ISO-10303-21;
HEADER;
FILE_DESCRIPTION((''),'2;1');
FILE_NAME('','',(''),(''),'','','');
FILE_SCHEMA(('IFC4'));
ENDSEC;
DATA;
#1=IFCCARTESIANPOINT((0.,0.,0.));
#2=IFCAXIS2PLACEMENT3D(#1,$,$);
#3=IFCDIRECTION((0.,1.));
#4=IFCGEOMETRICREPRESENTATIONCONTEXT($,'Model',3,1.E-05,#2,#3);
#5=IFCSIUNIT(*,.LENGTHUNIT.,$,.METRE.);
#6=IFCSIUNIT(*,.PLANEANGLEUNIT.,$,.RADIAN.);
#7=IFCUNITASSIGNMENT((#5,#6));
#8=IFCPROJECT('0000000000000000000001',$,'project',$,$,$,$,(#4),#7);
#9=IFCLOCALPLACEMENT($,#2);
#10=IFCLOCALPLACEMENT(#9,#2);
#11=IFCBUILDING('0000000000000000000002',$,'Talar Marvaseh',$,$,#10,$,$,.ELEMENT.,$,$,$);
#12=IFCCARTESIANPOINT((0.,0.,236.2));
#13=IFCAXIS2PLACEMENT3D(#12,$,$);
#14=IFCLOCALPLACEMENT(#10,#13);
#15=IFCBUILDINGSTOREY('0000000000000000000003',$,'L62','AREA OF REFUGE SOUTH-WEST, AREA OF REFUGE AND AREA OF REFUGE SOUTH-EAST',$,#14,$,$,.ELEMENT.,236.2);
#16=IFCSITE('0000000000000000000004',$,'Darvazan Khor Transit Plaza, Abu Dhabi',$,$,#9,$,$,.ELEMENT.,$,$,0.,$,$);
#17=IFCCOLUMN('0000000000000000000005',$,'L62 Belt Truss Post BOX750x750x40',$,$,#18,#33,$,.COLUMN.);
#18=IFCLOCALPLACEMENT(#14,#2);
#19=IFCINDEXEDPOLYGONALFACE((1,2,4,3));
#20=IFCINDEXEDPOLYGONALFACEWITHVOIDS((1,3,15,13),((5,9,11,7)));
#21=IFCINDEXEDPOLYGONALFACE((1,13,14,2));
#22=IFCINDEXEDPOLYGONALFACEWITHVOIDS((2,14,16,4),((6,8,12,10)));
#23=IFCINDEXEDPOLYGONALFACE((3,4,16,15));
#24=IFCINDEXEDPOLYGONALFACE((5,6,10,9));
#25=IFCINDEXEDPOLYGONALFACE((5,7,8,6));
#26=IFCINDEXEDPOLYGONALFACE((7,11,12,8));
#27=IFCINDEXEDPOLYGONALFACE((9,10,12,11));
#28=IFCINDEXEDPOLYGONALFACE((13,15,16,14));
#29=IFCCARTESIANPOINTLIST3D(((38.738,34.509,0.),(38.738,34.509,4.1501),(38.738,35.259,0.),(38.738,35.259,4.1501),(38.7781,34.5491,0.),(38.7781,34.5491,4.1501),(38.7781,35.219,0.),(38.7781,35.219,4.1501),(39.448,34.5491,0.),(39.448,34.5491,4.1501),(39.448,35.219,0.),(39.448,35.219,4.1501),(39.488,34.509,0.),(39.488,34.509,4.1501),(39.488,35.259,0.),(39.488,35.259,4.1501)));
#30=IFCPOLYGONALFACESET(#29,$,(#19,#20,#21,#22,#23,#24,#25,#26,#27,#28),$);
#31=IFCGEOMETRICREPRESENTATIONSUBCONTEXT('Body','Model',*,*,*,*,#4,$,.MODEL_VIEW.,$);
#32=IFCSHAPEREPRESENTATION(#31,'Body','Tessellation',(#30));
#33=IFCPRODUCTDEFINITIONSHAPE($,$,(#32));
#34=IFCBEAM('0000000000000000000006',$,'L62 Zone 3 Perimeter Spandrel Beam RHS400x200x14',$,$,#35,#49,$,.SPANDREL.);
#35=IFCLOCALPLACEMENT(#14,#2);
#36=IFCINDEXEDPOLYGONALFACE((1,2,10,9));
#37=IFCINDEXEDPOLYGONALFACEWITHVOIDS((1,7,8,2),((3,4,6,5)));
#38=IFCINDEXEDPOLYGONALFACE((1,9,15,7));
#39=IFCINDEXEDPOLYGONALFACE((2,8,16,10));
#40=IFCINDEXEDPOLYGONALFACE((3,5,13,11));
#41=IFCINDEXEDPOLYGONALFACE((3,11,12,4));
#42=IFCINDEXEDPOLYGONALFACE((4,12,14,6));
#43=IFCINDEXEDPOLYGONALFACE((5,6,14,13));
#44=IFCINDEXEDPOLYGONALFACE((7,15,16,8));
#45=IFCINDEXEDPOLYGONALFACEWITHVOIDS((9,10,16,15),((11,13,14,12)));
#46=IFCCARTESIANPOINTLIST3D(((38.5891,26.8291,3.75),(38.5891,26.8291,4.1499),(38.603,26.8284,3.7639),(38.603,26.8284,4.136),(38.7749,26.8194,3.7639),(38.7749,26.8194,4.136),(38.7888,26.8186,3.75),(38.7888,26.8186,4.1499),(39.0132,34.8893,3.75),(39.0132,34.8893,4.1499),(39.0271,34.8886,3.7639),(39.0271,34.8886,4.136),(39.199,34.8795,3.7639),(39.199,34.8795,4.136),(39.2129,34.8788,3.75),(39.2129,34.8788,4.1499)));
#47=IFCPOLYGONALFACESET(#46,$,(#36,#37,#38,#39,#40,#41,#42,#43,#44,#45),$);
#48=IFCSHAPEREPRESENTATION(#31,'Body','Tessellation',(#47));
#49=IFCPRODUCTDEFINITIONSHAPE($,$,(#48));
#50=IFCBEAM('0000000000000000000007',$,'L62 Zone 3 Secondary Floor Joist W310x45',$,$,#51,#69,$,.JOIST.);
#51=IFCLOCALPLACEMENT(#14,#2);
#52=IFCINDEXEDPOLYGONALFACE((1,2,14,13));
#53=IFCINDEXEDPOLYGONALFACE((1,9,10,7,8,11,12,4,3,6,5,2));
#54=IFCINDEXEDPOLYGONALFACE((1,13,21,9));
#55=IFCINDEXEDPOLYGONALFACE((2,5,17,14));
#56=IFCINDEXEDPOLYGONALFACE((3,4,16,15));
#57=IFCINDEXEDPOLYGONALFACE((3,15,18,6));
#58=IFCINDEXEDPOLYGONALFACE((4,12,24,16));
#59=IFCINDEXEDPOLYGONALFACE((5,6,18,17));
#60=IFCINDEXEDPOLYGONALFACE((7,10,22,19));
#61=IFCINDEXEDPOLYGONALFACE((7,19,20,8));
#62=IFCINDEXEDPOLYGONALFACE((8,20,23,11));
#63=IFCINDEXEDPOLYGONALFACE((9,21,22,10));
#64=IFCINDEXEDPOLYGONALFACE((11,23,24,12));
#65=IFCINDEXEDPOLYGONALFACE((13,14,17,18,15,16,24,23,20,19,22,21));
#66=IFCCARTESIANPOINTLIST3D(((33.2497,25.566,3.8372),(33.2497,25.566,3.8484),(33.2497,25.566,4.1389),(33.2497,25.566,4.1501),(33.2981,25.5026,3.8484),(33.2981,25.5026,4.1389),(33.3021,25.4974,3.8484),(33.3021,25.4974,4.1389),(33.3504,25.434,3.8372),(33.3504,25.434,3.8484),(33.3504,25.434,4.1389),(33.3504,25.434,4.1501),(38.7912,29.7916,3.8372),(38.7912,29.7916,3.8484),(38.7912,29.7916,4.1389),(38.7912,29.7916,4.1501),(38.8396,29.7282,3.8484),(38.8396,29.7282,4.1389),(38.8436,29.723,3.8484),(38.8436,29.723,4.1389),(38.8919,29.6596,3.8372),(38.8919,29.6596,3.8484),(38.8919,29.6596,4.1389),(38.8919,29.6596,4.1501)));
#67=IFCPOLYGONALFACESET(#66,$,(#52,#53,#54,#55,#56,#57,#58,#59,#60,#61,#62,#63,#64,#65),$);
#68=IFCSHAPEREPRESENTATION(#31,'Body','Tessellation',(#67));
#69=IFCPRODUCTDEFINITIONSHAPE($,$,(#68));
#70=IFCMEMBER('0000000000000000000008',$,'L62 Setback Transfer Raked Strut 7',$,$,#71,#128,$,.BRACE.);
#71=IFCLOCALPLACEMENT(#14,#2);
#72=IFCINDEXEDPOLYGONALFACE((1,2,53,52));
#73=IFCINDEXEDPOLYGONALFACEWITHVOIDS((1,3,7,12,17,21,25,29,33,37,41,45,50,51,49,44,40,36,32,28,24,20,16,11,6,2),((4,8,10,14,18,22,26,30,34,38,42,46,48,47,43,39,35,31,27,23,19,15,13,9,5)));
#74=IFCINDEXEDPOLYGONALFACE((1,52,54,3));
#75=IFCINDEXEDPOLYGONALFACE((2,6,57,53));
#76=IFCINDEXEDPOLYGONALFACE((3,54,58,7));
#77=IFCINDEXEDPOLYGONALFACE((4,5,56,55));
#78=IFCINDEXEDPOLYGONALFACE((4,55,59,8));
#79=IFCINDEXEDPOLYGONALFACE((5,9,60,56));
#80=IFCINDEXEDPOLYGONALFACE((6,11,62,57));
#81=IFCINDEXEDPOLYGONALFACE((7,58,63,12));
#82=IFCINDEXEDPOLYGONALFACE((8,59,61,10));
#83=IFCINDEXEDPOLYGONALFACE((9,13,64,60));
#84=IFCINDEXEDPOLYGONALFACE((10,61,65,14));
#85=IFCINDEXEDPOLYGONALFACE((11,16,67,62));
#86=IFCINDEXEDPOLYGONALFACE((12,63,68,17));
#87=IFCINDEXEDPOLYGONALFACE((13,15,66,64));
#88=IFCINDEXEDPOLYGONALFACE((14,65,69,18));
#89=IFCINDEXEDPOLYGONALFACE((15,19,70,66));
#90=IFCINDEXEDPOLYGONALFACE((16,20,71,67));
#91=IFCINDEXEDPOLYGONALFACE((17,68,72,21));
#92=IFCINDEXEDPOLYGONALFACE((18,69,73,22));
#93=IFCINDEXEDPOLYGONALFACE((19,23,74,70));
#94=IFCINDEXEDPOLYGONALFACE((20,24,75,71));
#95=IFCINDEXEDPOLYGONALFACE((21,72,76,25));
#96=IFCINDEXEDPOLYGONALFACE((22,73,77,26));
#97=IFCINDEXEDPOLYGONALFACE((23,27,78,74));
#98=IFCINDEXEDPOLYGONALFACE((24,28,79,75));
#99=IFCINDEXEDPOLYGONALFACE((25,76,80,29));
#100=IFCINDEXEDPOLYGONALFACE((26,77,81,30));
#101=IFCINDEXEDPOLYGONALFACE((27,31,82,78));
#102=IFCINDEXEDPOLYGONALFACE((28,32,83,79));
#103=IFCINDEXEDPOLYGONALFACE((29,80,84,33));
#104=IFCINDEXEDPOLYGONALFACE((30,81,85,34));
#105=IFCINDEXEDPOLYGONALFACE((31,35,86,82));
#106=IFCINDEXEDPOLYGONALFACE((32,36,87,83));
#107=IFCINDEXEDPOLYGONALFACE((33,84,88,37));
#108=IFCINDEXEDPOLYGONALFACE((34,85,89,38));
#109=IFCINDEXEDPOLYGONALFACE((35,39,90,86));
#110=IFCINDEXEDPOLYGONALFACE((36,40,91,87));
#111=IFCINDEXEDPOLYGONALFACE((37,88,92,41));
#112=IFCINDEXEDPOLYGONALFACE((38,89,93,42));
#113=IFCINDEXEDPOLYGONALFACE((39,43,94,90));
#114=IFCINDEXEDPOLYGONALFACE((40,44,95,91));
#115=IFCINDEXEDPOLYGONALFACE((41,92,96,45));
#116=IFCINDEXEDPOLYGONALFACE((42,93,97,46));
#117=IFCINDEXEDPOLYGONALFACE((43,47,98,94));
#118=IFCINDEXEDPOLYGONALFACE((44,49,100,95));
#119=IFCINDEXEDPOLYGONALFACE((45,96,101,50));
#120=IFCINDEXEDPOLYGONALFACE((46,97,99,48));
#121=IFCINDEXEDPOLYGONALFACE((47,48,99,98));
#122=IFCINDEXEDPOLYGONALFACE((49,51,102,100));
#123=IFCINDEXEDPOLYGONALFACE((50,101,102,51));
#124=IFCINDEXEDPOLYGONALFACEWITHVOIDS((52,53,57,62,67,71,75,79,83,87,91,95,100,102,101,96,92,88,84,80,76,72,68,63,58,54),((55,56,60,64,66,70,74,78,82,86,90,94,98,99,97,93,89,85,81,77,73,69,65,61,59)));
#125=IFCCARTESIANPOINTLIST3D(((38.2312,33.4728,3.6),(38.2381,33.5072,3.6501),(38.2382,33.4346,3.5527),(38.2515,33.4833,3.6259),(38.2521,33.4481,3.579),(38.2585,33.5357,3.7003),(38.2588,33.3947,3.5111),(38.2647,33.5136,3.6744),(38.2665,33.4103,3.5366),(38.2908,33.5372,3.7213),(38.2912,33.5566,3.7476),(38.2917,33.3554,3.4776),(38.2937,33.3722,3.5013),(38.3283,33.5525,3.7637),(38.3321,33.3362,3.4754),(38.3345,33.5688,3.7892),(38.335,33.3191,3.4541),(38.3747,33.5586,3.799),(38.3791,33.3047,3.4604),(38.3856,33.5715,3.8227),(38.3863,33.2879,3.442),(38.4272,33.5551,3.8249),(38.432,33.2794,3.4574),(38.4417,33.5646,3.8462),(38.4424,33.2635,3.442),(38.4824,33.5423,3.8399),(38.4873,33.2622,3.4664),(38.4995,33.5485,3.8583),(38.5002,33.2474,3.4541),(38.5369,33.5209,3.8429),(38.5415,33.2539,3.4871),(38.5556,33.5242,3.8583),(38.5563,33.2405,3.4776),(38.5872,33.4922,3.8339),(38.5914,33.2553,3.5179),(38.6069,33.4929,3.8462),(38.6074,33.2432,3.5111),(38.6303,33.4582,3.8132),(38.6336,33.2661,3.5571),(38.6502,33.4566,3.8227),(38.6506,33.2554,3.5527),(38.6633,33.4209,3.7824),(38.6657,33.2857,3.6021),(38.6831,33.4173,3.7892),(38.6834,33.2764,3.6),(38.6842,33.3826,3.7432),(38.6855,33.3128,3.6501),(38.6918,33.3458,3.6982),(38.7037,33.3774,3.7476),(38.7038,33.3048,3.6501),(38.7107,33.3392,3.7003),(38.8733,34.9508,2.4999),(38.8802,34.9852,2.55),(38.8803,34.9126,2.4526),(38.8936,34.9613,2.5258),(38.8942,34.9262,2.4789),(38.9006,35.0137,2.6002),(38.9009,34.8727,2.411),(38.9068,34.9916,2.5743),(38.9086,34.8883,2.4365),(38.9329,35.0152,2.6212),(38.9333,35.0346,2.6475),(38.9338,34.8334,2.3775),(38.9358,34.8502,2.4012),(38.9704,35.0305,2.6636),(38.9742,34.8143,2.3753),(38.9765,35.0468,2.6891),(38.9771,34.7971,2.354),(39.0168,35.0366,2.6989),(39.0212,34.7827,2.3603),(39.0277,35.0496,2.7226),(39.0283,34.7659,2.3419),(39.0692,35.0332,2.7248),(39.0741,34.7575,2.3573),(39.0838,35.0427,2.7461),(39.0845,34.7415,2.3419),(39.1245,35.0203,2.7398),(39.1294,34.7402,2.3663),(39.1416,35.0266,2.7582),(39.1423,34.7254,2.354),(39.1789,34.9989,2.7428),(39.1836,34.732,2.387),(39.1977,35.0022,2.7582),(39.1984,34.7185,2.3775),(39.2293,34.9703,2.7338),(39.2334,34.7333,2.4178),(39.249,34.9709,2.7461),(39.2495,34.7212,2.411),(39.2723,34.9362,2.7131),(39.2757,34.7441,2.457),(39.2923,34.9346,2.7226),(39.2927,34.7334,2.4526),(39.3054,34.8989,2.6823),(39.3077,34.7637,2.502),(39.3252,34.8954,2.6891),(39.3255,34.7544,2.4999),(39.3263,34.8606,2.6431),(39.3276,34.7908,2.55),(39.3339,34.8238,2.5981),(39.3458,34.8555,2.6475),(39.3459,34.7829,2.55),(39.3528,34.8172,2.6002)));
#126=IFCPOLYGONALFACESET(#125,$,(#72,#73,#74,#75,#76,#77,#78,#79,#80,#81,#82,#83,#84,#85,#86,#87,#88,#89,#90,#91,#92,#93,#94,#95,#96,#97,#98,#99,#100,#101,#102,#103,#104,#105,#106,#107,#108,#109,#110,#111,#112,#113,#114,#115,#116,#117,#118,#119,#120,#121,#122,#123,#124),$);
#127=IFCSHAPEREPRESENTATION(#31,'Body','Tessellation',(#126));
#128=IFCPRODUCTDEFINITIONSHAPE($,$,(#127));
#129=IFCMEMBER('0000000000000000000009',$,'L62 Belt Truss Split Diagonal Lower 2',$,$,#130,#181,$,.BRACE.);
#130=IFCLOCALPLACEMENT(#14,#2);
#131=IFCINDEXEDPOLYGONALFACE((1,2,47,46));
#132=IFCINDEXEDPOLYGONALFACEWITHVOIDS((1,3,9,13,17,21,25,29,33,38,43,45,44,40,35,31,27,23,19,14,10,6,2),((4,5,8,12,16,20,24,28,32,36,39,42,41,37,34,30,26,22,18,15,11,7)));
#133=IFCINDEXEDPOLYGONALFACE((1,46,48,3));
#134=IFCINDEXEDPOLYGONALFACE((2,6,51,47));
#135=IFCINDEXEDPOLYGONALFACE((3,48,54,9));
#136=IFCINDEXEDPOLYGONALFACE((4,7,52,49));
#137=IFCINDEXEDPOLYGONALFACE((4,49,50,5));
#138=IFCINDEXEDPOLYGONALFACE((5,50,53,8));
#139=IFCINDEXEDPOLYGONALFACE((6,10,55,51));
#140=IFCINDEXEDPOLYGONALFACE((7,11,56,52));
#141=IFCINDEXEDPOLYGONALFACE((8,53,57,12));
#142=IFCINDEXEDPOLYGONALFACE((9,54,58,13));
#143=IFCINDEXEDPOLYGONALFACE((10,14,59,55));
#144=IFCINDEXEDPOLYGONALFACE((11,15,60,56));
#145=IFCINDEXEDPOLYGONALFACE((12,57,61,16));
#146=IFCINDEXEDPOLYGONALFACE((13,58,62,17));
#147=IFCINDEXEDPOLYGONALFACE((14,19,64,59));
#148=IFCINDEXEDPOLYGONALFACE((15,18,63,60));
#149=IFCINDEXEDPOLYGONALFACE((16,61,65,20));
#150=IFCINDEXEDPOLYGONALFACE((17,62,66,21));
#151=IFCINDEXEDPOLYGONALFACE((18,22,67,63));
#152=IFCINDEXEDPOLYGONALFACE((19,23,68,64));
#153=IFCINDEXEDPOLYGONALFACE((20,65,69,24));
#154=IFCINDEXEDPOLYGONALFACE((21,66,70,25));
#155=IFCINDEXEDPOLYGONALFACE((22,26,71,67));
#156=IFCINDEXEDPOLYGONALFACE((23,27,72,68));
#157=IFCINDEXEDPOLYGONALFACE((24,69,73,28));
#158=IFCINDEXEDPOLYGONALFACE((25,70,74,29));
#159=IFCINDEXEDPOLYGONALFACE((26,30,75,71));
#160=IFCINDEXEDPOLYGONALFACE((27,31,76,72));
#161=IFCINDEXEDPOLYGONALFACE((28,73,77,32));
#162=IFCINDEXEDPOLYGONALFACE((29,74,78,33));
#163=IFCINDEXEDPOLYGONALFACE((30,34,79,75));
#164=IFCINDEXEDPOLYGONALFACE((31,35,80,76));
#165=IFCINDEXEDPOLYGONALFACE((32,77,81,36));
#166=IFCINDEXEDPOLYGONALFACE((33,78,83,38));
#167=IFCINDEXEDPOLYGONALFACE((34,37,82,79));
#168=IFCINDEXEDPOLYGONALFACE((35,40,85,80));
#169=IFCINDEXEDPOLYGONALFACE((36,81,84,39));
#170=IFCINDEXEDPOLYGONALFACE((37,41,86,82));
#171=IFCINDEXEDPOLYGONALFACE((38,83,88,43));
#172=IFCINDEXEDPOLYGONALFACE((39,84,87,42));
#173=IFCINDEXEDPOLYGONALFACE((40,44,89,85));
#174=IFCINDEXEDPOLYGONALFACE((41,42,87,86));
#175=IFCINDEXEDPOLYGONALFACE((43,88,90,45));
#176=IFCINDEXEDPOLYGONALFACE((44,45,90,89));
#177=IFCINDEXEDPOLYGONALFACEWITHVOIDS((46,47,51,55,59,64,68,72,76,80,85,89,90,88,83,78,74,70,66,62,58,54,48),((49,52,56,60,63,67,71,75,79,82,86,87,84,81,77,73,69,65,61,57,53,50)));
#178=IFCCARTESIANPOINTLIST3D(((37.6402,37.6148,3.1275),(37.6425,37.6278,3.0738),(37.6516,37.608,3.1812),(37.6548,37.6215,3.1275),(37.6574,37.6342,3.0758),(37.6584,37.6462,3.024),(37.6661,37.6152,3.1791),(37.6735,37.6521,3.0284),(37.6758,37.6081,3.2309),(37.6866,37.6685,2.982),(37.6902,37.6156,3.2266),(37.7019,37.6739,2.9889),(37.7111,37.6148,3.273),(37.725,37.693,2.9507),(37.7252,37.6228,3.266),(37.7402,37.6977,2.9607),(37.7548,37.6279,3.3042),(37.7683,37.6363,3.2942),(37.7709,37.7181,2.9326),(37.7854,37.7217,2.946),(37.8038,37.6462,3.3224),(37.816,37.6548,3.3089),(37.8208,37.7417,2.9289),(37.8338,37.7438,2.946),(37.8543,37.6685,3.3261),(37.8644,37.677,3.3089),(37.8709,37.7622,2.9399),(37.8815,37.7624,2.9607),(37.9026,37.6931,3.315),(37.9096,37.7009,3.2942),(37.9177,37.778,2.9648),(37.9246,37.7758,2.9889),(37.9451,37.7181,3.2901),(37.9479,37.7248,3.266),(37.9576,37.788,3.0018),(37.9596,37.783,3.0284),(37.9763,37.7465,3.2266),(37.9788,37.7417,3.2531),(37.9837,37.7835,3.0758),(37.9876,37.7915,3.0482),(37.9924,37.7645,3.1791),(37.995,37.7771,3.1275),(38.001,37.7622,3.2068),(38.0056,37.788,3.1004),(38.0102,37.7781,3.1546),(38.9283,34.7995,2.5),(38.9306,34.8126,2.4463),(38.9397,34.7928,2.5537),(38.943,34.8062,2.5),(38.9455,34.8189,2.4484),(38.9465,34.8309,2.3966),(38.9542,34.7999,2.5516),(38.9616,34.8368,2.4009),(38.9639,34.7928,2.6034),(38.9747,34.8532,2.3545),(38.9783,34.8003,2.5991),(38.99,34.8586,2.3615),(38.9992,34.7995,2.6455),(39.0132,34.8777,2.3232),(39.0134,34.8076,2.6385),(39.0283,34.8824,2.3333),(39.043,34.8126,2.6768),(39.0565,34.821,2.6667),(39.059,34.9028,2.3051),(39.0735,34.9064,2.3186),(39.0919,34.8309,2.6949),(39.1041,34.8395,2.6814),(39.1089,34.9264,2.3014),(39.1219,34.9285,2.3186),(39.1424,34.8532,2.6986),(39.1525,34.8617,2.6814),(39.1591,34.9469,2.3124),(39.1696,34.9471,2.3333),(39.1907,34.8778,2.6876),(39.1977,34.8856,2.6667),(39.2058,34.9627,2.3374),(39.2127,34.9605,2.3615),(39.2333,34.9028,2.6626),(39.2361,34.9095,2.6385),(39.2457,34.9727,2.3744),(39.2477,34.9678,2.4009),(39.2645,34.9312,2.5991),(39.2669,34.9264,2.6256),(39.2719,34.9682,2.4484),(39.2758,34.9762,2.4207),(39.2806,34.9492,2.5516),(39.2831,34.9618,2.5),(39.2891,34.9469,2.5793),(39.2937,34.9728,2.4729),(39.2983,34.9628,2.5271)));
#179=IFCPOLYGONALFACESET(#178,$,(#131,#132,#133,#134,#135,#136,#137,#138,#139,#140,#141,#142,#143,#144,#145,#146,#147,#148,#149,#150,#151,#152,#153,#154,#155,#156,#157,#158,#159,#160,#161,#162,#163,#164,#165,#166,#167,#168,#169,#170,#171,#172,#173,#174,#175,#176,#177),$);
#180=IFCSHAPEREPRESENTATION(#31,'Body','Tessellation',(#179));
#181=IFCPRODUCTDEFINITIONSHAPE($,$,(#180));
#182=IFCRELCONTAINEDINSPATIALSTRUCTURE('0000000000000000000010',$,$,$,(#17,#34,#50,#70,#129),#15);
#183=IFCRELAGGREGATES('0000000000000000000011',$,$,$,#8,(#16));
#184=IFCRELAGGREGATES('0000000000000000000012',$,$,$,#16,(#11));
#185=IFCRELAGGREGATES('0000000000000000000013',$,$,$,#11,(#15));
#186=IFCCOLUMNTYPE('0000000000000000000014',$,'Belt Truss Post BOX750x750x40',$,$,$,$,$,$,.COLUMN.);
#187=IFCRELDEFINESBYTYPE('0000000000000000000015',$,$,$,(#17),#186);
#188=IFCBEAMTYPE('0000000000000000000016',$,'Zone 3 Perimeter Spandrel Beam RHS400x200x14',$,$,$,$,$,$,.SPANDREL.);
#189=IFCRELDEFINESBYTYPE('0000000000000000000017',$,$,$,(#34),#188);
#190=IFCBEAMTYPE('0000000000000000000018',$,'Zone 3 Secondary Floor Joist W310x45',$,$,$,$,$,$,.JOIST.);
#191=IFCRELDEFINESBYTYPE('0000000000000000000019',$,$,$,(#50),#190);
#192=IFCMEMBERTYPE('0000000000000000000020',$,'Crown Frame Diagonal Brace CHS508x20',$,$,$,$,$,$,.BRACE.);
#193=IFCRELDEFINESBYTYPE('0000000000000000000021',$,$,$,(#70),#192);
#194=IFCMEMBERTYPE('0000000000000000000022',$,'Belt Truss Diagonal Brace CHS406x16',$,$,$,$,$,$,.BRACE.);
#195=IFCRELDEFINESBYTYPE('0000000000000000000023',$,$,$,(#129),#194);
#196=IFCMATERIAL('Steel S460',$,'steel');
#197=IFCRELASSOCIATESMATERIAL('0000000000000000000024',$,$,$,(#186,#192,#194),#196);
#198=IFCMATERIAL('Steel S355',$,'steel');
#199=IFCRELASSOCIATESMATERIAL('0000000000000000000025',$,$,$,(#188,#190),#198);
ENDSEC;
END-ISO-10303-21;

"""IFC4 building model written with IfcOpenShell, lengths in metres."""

from ifc_helpers import new_model, si_unit, direction, frame, origin, origin_2d, place, context, subcontext, project, spatial, hollow_rectangle, hollow_circle, i_section, extrude, source, transform, mapped, material, material_profile, profile_set, type_object, type_shapes, element, save


model = new_model("IFC4")

# Units and contexts
model_context = context("Model", 3, precision=1e-05, world=origin(), true_north=direction((0.0, 1.0)))
body_context = subcontext(model_context, "Body", "Model", "MODEL_VIEW")
ifc_project = project(units=[si_unit("LENGTHUNIT", "METRE"), si_unit("PLANEANGLEUNIT", "RADIAN")], contexts=[model_context])

# Site, building, storey
site_placement = place(None, origin())
site = spatial("IfcSite", under=ifc_project, at=site_placement, Name="Darvazan Khor Transit Plaza, Abu Dhabi", CompositionType="ELEMENT", RefElevation=0.0)
building_placement = place(site_placement, origin())
building = spatial("IfcBuilding", under=site, at=building_placement, Name="Talar Marvaseh", CompositionType="ELEMENT")
storey_placement = place(building_placement, frame((0.0, 0.0, 236.2)))
storey = spatial("IfcBuildingStorey", under=building, at=storey_placement, Name="L62", Description="AREA OF REFUGE SOUTH-WEST, AREA OF REFUGE AND AREA OF REFUGE SOUTH-EAST", CompositionType="ELEMENT", Elevation=236.2)

# Column
ifc_material_1 = material(Name="Steel S460", Category="steel")
ifc_material_profile_1 = material_profile(ifc_material_1, hollow_rectangle(XDim=0.75, YDim=0.75, WallThickness=0.04, at=origin_2d()), Name="BOX750x750x40")
ifc_profile_set_1 = profile_set([ifc_material_profile_1], Name="Steel S460")
column_type = type_object("IfcColumnType", Name="Belt Truss Post BOX750x750x40", PredefinedType="COLUMN", material=ifc_profile_set_1)
column_placement = place(storey_placement, frame((39.113, 34.884, 0.0), z_axis=(0.0, 0.0, 1.0), x_axis=(1.0, 0.0, 0.0)))
element("IfcColumn", 1, at=column_placement, inside=storey, type_object=column_type, Name="L62 Belt Truss Post BOX750x750x40", PredefinedType="COLUMN", context=body_context, shape_type="SweptSolid", body=[
    extrude(hollow_rectangle(XDim=0.75, YDim=0.75, WallThickness=0.04, at=origin_2d()), origin(), (0.0, 0.0, 1.0), 4.1501),
])

# Beams
ifc_material_2 = material(Name="Steel S355", Category="steel")
ifc_material_profile_2 = material_profile(ifc_material_2, hollow_rectangle(XDim=0.2, YDim=0.3999, WallThickness=0.0139, at=origin_2d()), Name="RHS400x200x14")
ifc_profile_set_2 = profile_set([ifc_material_profile_2], Name="Steel S355")
beam_type_1 = type_object("IfcBeamType", Name="Zone 3 Perimeter Spandrel Beam RHS400x200x14", PredefinedType="SPANDREL", material=ifc_profile_set_2)
beam_1_placement = place(storey_placement, frame((39.113, 34.884, 3.95), z_axis=(-0.052541, -0.998619, 0.0), x_axis=(0.998619, -0.052541, 0.0)))
element("IfcBeam", 2, at=beam_1_placement, inside=storey, type_object=beam_type_1, Name="L62 Zone 3 Perimeter Spandrel Beam RHS400x200x14", PredefinedType="SPANDREL", context=body_context, shape_type="SweptSolid", body=[
    extrude(hollow_rectangle(XDim=0.2, YDim=0.3999, WallThickness=0.0139, at=origin_2d()), origin(), (0.0, 0.0, 1.0), 8.0713),
])
ifc_material_profile_3 = material_profile(ifc_material_2, i_section(OverallWidth=0.166, OverallDepth=0.313, WebThickness=0.0066, FlangeThickness=0.0112, at=origin_2d()), Name="W310x45")
ifc_profile_set_3 = profile_set([ifc_material_profile_3], Name="Steel S355")
beam_type_2 = type_object("IfcBeamType", Name="Zone 3 Secondary Floor Joist W310x45", PredefinedType="JOIST", material=ifc_profile_set_3)
beam_2_placement = place(storey_placement, frame((38.8416, 29.7256, 3.9937), z_axis=(-0.79519, -0.60636, 0.0), x_axis=(0.60636, -0.79519, 0.0)))
element("IfcBeam", 3, at=beam_2_placement, inside=storey, type_object=beam_type_2, Name="L62 Zone 3 Secondary Floor Joist W310x45", PredefinedType="JOIST", context=body_context, shape_type="SweptSolid", body=[
    extrude(i_section(OverallWidth=0.166, OverallDepth=0.313, WebThickness=0.0066, FlangeThickness=0.0112, at=origin_2d()), origin(), (0.0, 0.0, 1.0), 6.9688),
])

# Members
ifc_material_profile_4 = material_profile(ifc_material_1, hollow_circle(Radius=0.2539, WallThickness=0.02, at=origin_2d()), Name="CHS508x20")
ifc_profile_set_4 = profile_set([ifc_material_profile_4], Name="Steel S460")
member_type_1 = type_object("IfcMemberType", Name="Crown Frame Diagonal Brace CHS508x20", PredefinedType="BRACE", material=ifc_profile_set_4)
shared_shape_1 = source(origin(), body_context, "Body", "SweptSolid", [
    extrude(hollow_circle(Radius=0.2539, WallThickness=0.02, at=origin_2d()), origin(), (0.0, 0.0, 1.0), 1.9512),
])
type_shapes(member_type_1, [shared_shape_1])
member_1_placement = place(storey_placement, frame((39.113, 34.884, 2.55), z_axis=(-0.32908, -0.757509, 0.563815), x_axis=(0.91719, -0.398449, 0.0)))
element("IfcMember", 4, at=member_1_placement, inside=storey, type_object=member_type_1, Name="L62 Setback Transfer Raked Strut 7", PredefinedType="BRACE", context=body_context, shape_type="MappedRepresentation", body=[
    mapped(shared_shape_1, transform((0.0, 0.0, 0.0), x_axis=(1.0, 0.0, 0.0), y_axis=(0.0, 1.0, 0.0), z_axis=(0.0, 0.0, 1.0), scale=1.0)),
])
ifc_material_profile_5 = material_profile(ifc_material_1, hollow_circle(Radius=0.2031, WallThickness=0.0161, at=origin_2d()), Name="CHS406x16")
ifc_profile_set_5 = profile_set([ifc_material_profile_5], Name="Steel S460")
member_type_2 = type_object("IfcMemberType", Name="Belt Truss Diagonal Brace CHS406x16", PredefinedType="BRACE", material=ifc_profile_set_5)
shared_shape_2 = source(origin(), body_context, "Body", "SweptSolid", [
    extrude(hollow_circle(Radius=0.2031, WallThickness=0.0161, at=origin_2d()), origin(), (0.0, 0.0, 1.0), 3.1589),
])
member_2_placement = place(storey_placement, frame((39.113, 34.884, 2.5), z_axis=(-0.407775, 0.891215, 0.198632), x_axis=(-0.909335, -0.416065, 0.0)))
element("IfcMember", 5, at=member_2_placement, inside=storey, type_object=member_type_2, Name="L62 Belt Truss Split Diagonal Lower 2", PredefinedType="BRACE", context=body_context, shape_type="MappedRepresentation", body=[
    mapped(shared_shape_2, transform((0.0, 0.0, 0.0), x_axis=(1.0, 0.0, 0.0), y_axis=(0.0, 1.0, 0.0), z_axis=(0.0, 0.0, 1.0), scale=1.0)),
])

save(model, "model.ifc")
